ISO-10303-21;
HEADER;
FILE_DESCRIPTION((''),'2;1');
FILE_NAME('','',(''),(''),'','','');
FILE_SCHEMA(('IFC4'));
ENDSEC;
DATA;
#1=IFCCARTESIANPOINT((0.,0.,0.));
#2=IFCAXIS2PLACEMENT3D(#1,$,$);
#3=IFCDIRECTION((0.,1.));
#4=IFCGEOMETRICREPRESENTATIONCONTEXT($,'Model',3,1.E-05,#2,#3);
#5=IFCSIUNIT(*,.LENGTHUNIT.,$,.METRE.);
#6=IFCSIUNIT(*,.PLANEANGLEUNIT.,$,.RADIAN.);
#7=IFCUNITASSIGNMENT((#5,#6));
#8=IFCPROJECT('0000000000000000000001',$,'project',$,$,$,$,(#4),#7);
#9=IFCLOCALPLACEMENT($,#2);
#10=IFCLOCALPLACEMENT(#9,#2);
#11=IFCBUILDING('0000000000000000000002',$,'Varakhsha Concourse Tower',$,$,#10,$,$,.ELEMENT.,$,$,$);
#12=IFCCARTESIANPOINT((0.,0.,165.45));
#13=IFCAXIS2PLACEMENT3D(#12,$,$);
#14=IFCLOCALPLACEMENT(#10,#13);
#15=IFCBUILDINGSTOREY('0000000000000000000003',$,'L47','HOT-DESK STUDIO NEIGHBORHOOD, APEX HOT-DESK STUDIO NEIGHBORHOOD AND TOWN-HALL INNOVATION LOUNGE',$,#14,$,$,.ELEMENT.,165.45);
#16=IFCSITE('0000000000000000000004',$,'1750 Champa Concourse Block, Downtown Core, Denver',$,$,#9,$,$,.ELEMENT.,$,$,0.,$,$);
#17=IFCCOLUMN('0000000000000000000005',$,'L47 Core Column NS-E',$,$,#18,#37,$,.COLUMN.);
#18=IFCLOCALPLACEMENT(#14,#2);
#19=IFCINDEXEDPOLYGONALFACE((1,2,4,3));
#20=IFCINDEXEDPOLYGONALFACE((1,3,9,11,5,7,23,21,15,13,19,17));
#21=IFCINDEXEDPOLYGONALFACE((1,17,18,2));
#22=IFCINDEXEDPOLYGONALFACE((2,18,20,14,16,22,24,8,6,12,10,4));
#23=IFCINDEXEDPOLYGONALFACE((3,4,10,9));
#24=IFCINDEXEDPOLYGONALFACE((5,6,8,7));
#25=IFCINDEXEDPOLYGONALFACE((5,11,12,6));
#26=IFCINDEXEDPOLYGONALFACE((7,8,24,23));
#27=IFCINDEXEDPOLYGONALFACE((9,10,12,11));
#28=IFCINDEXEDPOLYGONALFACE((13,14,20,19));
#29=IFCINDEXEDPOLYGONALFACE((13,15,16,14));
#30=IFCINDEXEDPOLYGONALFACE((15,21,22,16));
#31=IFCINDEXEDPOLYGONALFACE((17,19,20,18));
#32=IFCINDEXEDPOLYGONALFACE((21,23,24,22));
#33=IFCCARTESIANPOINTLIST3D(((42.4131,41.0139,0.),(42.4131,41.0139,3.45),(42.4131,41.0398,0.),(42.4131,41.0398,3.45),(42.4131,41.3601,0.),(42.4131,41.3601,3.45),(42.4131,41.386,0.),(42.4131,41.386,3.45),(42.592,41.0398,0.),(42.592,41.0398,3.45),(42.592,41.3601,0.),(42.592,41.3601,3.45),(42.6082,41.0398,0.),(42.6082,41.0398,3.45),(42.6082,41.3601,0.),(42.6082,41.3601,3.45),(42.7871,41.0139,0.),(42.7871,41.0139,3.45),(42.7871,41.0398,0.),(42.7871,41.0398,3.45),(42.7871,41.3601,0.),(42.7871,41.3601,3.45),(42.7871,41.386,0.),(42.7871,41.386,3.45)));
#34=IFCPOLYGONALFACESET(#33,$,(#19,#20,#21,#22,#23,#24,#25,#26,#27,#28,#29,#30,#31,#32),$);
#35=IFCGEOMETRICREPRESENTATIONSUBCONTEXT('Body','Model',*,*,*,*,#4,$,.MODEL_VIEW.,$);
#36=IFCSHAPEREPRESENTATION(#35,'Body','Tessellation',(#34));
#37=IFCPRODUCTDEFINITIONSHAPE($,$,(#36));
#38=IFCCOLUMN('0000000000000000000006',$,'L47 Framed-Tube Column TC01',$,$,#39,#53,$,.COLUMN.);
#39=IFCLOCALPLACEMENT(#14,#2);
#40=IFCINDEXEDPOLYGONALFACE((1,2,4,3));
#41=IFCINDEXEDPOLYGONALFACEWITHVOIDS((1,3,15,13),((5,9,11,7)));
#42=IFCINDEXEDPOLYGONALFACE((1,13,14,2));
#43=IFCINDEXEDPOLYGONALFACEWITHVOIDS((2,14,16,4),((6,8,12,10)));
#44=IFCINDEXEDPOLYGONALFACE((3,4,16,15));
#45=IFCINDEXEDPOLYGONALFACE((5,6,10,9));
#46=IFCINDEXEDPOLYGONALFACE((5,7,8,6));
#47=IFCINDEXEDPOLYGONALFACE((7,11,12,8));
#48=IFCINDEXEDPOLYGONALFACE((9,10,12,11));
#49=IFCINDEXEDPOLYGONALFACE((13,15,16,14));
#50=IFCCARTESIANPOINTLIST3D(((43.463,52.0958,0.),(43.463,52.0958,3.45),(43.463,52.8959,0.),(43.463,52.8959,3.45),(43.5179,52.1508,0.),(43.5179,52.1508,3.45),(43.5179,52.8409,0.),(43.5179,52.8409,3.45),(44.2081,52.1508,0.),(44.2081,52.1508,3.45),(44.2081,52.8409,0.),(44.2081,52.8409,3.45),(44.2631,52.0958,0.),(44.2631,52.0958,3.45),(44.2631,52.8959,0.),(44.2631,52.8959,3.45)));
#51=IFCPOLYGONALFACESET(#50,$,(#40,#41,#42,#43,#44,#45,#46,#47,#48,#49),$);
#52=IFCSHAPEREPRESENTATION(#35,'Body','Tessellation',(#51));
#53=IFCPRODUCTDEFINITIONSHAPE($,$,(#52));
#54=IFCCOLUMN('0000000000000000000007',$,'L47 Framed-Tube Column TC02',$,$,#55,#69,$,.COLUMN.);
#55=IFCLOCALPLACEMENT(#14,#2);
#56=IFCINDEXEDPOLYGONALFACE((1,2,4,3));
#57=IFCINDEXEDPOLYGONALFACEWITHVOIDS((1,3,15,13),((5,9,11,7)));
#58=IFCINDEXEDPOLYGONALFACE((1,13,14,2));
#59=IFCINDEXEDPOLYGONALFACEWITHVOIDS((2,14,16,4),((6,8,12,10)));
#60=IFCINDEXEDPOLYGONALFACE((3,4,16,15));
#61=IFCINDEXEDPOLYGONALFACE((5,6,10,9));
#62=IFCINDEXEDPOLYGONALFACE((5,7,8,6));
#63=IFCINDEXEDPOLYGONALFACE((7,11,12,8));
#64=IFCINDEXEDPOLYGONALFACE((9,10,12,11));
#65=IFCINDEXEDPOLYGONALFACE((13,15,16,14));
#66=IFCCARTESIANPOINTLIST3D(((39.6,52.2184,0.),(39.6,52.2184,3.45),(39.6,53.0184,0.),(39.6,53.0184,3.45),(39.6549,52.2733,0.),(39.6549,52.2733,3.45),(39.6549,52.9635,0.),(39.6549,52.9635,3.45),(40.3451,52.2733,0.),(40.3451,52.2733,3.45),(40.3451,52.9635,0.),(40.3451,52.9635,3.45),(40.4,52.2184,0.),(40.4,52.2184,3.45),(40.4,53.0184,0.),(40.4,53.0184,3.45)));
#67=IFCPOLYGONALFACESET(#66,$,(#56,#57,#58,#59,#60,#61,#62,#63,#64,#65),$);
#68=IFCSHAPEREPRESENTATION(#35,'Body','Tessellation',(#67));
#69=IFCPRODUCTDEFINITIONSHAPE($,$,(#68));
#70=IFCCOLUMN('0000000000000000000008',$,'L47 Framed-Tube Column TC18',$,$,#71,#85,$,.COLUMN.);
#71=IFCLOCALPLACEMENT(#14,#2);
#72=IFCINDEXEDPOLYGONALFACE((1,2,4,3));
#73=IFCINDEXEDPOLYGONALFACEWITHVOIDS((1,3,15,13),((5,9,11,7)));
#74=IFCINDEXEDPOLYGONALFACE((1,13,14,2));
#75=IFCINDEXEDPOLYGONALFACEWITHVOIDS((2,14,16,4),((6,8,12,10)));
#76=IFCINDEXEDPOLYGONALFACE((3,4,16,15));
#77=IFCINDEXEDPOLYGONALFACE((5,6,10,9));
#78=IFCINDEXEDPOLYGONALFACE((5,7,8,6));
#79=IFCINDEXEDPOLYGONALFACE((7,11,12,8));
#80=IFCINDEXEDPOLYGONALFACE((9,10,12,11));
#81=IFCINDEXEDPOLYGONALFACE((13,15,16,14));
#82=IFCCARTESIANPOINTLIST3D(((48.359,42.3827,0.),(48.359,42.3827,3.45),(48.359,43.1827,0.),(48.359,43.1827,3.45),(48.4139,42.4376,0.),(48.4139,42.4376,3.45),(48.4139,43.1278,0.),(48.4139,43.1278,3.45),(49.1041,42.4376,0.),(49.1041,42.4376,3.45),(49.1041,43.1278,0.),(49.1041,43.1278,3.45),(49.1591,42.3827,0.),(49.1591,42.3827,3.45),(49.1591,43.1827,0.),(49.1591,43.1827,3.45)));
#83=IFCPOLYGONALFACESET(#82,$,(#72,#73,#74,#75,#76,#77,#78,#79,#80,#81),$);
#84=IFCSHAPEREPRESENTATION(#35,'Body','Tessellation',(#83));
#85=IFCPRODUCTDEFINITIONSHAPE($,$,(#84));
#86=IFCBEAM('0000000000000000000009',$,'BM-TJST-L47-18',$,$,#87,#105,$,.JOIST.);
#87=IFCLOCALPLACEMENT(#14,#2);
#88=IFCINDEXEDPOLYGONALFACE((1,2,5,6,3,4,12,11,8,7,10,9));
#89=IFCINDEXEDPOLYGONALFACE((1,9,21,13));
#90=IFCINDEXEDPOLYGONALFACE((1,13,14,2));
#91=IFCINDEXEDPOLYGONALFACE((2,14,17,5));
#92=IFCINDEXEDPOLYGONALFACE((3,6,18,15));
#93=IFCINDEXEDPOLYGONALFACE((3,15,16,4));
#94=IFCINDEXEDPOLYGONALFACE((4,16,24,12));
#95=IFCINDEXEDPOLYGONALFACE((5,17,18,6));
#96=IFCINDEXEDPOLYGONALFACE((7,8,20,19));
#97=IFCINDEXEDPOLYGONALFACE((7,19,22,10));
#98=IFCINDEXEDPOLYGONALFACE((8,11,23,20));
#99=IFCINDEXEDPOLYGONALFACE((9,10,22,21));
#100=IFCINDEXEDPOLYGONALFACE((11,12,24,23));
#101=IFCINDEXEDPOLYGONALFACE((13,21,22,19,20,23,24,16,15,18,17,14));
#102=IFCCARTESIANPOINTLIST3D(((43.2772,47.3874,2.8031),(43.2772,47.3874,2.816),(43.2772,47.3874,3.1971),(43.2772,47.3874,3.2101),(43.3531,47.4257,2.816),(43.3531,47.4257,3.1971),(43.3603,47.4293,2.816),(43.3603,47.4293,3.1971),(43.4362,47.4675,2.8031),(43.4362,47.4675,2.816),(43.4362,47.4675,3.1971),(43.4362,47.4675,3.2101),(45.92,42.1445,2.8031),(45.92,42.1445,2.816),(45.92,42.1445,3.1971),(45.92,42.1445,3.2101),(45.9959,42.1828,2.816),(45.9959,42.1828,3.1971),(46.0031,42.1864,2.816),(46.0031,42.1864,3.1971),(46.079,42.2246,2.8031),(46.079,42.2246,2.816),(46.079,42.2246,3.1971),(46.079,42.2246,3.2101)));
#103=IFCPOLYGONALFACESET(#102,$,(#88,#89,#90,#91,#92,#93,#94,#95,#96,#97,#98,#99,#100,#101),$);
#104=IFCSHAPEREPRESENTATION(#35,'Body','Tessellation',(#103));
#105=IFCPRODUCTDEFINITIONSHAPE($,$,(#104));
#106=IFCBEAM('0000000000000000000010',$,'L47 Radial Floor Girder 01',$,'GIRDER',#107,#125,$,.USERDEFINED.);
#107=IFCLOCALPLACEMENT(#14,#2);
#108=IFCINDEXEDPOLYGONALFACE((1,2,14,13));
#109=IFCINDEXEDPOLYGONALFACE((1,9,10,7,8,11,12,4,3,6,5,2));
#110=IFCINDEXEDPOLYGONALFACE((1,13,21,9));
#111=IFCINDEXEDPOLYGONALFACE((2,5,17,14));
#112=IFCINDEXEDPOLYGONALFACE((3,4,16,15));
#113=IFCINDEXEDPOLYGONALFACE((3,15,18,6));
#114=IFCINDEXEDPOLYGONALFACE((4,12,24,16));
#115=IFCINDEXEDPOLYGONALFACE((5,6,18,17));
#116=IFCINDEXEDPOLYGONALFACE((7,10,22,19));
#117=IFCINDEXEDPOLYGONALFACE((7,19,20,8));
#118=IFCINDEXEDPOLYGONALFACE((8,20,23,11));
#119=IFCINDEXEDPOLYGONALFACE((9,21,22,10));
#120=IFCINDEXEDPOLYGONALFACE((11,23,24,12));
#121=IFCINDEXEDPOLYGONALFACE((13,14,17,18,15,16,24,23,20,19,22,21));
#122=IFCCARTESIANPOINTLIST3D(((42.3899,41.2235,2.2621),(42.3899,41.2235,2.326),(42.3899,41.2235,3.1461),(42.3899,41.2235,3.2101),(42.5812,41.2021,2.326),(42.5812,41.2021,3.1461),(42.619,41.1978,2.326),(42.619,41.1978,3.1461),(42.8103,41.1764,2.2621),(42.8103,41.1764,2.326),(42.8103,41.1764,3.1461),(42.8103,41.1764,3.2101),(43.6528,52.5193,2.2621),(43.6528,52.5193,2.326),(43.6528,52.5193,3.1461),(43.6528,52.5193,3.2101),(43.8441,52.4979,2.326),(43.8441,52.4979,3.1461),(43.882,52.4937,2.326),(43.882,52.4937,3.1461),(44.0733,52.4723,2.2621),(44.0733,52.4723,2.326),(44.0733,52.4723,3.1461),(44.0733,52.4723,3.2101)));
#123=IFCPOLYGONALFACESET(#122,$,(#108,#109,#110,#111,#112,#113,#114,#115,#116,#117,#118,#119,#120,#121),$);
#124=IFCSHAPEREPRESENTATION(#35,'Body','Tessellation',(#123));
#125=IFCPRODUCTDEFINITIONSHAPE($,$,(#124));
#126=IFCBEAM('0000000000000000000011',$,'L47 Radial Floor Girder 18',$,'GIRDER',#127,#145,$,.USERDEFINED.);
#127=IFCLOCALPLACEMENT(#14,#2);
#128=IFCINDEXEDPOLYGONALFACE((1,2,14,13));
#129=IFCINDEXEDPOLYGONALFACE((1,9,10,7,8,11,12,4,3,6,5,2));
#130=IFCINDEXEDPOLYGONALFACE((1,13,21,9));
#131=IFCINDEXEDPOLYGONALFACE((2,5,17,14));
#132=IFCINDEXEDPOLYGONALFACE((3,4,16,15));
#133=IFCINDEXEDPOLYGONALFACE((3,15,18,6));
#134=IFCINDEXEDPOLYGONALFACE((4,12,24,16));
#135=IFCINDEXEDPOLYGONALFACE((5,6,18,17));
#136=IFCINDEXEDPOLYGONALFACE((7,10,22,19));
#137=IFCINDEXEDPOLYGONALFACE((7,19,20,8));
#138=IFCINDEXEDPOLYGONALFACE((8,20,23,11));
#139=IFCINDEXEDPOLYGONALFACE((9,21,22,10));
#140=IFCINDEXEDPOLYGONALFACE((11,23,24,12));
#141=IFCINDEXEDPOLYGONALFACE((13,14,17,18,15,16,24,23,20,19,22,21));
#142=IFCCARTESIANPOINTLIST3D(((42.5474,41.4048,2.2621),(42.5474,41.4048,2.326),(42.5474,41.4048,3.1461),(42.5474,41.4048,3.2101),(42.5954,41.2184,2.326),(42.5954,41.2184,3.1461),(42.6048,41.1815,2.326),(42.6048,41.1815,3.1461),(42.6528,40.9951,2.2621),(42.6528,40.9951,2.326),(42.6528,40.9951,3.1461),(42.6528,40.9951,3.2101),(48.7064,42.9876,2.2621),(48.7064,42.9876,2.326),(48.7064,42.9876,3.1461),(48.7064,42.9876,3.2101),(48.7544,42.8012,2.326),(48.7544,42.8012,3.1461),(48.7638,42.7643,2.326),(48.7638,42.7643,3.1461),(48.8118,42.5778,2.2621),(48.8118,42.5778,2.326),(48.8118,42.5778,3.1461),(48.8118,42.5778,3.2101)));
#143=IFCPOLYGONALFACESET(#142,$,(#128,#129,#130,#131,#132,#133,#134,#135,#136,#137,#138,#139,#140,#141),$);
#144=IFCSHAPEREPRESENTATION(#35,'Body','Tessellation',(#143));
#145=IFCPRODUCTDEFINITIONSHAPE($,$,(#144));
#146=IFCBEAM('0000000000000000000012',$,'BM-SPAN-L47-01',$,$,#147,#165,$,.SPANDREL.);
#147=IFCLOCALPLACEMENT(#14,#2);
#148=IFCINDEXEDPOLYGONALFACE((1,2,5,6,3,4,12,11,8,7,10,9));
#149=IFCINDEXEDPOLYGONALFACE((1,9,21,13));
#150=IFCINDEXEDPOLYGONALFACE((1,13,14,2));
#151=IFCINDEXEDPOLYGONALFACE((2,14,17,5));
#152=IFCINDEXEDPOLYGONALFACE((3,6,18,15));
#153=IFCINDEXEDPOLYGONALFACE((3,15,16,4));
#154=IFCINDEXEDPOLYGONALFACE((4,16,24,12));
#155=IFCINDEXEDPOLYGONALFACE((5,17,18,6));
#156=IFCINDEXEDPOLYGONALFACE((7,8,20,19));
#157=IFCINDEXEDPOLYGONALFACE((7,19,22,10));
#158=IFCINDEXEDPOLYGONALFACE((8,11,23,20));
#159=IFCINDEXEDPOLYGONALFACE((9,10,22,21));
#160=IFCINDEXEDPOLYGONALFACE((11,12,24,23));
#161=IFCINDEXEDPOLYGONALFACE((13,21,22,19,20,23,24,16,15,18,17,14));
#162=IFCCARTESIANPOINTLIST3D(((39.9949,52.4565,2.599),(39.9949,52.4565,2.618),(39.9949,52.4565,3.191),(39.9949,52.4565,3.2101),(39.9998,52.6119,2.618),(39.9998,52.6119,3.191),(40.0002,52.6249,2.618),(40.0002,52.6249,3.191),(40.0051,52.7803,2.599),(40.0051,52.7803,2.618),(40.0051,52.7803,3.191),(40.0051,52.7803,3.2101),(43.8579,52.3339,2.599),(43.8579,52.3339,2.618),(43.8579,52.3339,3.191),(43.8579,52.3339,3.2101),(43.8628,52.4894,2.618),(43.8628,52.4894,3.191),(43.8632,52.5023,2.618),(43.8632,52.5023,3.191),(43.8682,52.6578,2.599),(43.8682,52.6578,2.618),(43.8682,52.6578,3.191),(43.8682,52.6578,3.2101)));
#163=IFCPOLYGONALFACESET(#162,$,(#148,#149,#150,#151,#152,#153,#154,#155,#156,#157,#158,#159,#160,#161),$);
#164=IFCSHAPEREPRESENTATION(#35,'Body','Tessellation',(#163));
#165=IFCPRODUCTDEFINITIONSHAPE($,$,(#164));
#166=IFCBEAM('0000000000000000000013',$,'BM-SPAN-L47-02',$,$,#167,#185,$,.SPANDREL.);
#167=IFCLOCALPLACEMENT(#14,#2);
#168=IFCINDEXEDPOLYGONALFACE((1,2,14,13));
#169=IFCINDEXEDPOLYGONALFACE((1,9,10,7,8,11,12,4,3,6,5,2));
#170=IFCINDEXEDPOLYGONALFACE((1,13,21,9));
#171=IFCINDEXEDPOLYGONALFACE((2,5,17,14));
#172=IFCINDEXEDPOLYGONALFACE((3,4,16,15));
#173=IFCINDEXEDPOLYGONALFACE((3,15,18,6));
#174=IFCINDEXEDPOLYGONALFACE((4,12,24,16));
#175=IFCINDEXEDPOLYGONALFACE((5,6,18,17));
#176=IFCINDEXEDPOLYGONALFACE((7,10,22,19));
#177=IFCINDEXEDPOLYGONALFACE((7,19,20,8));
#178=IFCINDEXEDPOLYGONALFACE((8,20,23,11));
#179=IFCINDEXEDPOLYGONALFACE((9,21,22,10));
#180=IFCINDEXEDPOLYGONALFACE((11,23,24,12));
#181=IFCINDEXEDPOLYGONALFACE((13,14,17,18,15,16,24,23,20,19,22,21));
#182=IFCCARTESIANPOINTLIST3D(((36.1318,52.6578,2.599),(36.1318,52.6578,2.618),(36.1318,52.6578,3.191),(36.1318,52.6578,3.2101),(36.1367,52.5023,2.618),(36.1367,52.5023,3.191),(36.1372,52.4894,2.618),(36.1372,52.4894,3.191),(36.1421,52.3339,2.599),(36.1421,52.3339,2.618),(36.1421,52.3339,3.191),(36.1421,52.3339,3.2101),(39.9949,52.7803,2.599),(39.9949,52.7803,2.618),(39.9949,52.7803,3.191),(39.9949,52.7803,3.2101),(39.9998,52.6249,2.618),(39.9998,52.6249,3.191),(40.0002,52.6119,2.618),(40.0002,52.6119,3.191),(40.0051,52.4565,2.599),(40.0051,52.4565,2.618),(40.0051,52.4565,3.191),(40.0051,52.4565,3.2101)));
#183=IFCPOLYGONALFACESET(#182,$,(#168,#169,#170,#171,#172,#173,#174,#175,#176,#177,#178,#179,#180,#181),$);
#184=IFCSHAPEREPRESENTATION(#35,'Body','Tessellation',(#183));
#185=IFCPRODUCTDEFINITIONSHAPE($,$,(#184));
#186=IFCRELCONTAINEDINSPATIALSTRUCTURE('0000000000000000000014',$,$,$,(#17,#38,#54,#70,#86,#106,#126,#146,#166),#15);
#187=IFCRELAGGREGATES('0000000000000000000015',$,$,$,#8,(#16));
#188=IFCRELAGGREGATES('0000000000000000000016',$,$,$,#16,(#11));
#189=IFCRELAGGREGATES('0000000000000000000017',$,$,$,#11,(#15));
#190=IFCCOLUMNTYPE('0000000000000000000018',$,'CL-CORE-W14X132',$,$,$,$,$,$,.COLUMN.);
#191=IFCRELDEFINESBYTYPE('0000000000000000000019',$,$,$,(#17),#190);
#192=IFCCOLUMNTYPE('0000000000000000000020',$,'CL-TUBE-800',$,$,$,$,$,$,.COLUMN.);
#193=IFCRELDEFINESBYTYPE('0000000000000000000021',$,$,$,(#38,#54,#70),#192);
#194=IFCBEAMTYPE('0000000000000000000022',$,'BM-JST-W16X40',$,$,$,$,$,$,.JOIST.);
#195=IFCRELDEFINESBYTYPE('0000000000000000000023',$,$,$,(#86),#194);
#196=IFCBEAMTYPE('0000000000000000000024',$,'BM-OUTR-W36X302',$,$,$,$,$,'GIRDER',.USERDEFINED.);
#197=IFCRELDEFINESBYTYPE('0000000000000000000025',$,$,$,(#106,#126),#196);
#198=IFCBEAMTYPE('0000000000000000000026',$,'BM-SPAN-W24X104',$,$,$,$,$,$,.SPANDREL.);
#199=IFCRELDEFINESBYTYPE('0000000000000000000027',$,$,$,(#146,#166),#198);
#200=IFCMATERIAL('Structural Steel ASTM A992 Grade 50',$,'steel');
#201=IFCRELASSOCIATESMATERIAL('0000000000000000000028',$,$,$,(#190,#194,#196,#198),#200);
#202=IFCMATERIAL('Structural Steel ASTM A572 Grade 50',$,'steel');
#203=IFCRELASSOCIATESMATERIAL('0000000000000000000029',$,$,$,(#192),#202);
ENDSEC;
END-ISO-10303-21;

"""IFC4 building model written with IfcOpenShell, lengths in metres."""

from ifc_helpers import new_model, si_unit, direction, frame, origin, origin_2d, place, context, subcontext, project, spatial, hollow_rectangle, i_section, extrude, material, material_profile, profile_set, type_object, element, save


model = new_model("IFC4")

# Units and contexts
model_context = context("Model", 3, precision=1e-05, world=origin(), true_north=direction((0.0, 1.0)))
body_context = subcontext(model_context, "Body", "Model", "MODEL_VIEW")
ifc_project = project(units=[si_unit("LENGTHUNIT", "METRE"), si_unit("PLANEANGLEUNIT", "RADIAN")], contexts=[model_context])

# Site, building, storey
site_placement = place(None, origin())
site = spatial("IfcSite", under=ifc_project, at=site_placement, Name="1750 Champa Concourse Block, Downtown Core, Denver", CompositionType="ELEMENT", RefElevation=0.0)
building_placement = place(site_placement, origin())
building = spatial("IfcBuilding", under=site, at=building_placement, Name="Varakhsha Concourse Tower", CompositionType="ELEMENT")
storey_placement = place(building_placement, frame((0.0, 0.0, 165.45)))
storey = spatial("IfcBuildingStorey", under=building, at=storey_placement, Name="L47", Description="HOT-DESK STUDIO NEIGHBORHOOD, APEX HOT-DESK STUDIO NEIGHBORHOOD AND TOWN-HALL INNOVATION LOUNGE", CompositionType="ELEMENT", Elevation=165.45)

# Columns
ifc_material_1 = material(Name="Structural Steel ASTM A992 Grade 50", Category="steel")
ifc_material_profile_1 = material_profile(ifc_material_1, i_section(OverallWidth=0.374, OverallDepth=0.3721, WebThickness=0.0161, FlangeThickness=0.0259, at=origin_2d()), Name="W14X132")
ifc_profile_set_1 = profile_set([ifc_material_profile_1], Name="Structural Steel ASTM A992 Grade 50")
column_type_1 = type_object("IfcColumnType", Name="CL-CORE-W14X132", PredefinedType="COLUMN", material=ifc_profile_set_1)
column_placement = place(storey_placement, frame((42.6001, 41.2, 0.0), z_axis=(0.0, 0.0, 1.0), x_axis=(1.0, 0.0, 0.0)))
element("IfcColumn", 1, at=column_placement, inside=storey, type_object=column_type_1, Name="L47 Core Column NS-E", PredefinedType="COLUMN", context=body_context, shape_type="SweptSolid", body=[
    extrude(i_section(OverallWidth=0.374, OverallDepth=0.3721, WebThickness=0.0161, FlangeThickness=0.0259, at=origin_2d()), origin(), (0.0, 0.0, 1.0), 3.45),
])
ifc_material_2 = material(Name="Structural Steel ASTM A572 Grade 50", Category="steel")
ifc_material_profile_2 = material_profile(ifc_material_2, hollow_rectangle(XDim=0.8, YDim=0.8, WallThickness=0.0549, at=origin_2d()), Name="BOX 800x800x55")
ifc_profile_set_2 = profile_set([ifc_material_profile_2], Name="Structural Steel ASTM A572 Grade 50")
column_type_2 = type_object("IfcColumnType", Name="CL-TUBE-800", PredefinedType="COLUMN", material=ifc_profile_set_2)
for number, where, z_axis, x_axis, name in (
    (2, (43.863, 52.4958, 0.0), (0.0, 0.0, 1.0), (1.0, 0.0, 0.0), "L47 Framed-Tube Column TC01"),
    (3, (40.0, 52.6184, 0.0), (0.0, 0.0, 1.0), (1.0, 0.0, 0.0), "L47 Framed-Tube Column TC02"),
    (4, (48.759, 42.7827, 0.0), (0.0, 0.0, 1.0), (1.0, 0.0, 0.0), "L47 Framed-Tube Column TC18"),
):
    element("IfcColumn", number, at=place(storey_placement, frame(where, z_axis=z_axis, x_axis=x_axis)), inside=storey, type_object=column_type_2, Name=name, PredefinedType="COLUMN", context=body_context, shape_type="SweptSolid", body=[
        extrude(hollow_rectangle(XDim=0.8, YDim=0.8, WallThickness=0.0549, at=origin_2d()), origin(), (0.0, 0.0, 1.0), 3.45),
    ])

# Beams
ifc_material_profile_3 = material_profile(ifc_material_1, i_section(OverallWidth=0.178, OverallDepth=0.407, WebThickness=0.0081, FlangeThickness=0.0129, at=origin_2d()), Name="W16X40")
ifc_profile_set_3 = profile_set([ifc_material_profile_3], Name="Structural Steel ASTM A992 Grade 50")
beam_type_1 = type_object("IfcBeamType", Name="BM-JST-W16X40", PredefinedType="JOIST", material=ifc_profile_set_3)
beam_1_placement = place(storey_placement, frame((45.9995, 42.1846, 3.0066), z_axis=(-0.450122, 0.892967, 0.0), x_axis=(-0.892967, -0.450122, 0.0)))
element("IfcBeam", 5, at=beam_1_placement, inside=storey, type_object=beam_type_1, Name="BM-TJST-L47-18", PredefinedType="JOIST", context=body_context, shape_type="SweptSolid", body=[
    extrude(i_section(OverallWidth=0.178, OverallDepth=0.407, WebThickness=0.0081, FlangeThickness=0.0129, at=origin_2d()), origin(), (0.0, 0.0, 1.0), 5.8713),
])
ifc_material_profile_4 = material_profile(ifc_material_1, i_section(OverallWidth=0.4231, OverallDepth=0.948, WebThickness=0.0381, FlangeThickness=0.064, at=origin_2d()), Name="W36X302")
ifc_profile_set_4 = profile_set([ifc_material_profile_4], Name="Structural Steel ASTM A992 Grade 50")
beam_type_2 = type_object("IfcBeamType", Name="BM-OUTR-W36X302", ElementType="GIRDER", PredefinedType="USERDEFINED", material=ifc_profile_set_4)
beam_2_placement = place(storey_placement, frame((42.6001, 41.2, 2.7361), z_axis=(0.111113, 0.993808, 0.0), x_axis=(-0.993808, 0.111113, 0.0)))
element("IfcBeam", 6, at=beam_2_placement, inside=storey, type_object=beam_type_2, Name="L47 Radial Floor Girder 01", ObjectType="GIRDER", PredefinedType="USERDEFINED", context=body_context, shape_type="SweptSolid", body=[
    extrude(i_section(OverallWidth=0.4231, OverallDepth=0.948, WebThickness=0.0381, FlangeThickness=0.064, at=origin_2d()), origin(), (0.0, 0.0, 1.0), 11.3662),
])
beam_3_placement = place(storey_placement, frame((42.6001, 41.2, 2.7361), z_axis=(0.968529, 0.248899, 0.0), x_axis=(-0.248899, 0.968529, 0.0)))
element("IfcBeam", 7, at=beam_3_placement, inside=storey, type_object=beam_type_2, Name="L47 Radial Floor Girder 18", ObjectType="GIRDER", PredefinedType="USERDEFINED", context=body_context, shape_type="SweptSolid", body=[
    extrude(i_section(OverallWidth=0.4231, OverallDepth=0.948, WebThickness=0.0381, FlangeThickness=0.064, at=origin_2d()), origin(), (0.0, 0.0, 1.0), 6.3591),
])
ifc_material_profile_5 = material_profile(ifc_material_1, i_section(OverallWidth=0.324, OverallDepth=0.6111, WebThickness=0.0129, FlangeThickness=0.019, at=origin_2d()), Name="W24X104")
ifc_profile_set_5 = profile_set([ifc_material_profile_5], Name="Structural Steel ASTM A992 Grade 50")
beam_type_3 = type_object("IfcBeamType", Name="BM-SPAN-W24X104", PredefinedType="SPANDREL", material=ifc_profile_set_5)
for number, where, z_axis, x_axis, name in (
    (8, (43.863, 52.4958, 2.9045), (-0.999497, 0.03171, 0.0), (-0.03171, -0.999497, 0.0), "BM-SPAN-L47-01"),
    (9, (40.0, 52.6184, 2.9045), (-0.999497, -0.03171, 0.0), (0.03171, -0.999497, 0.0), "BM-SPAN-L47-02"),
):
    element("IfcBeam", number, at=place(storey_placement, frame(where, z_axis=z_axis, x_axis=x_axis)), inside=storey, type_object=beam_type_3, Name=name, PredefinedType="SPANDREL", context=body_context, shape_type="SweptSolid", body=[
        extrude(i_section(OverallWidth=0.324, OverallDepth=0.6111, WebThickness=0.0129, FlangeThickness=0.019, at=origin_2d()), origin(), (0.0, 0.0, 1.0), 3.865),
    ])

save(model, "model.ifc")
